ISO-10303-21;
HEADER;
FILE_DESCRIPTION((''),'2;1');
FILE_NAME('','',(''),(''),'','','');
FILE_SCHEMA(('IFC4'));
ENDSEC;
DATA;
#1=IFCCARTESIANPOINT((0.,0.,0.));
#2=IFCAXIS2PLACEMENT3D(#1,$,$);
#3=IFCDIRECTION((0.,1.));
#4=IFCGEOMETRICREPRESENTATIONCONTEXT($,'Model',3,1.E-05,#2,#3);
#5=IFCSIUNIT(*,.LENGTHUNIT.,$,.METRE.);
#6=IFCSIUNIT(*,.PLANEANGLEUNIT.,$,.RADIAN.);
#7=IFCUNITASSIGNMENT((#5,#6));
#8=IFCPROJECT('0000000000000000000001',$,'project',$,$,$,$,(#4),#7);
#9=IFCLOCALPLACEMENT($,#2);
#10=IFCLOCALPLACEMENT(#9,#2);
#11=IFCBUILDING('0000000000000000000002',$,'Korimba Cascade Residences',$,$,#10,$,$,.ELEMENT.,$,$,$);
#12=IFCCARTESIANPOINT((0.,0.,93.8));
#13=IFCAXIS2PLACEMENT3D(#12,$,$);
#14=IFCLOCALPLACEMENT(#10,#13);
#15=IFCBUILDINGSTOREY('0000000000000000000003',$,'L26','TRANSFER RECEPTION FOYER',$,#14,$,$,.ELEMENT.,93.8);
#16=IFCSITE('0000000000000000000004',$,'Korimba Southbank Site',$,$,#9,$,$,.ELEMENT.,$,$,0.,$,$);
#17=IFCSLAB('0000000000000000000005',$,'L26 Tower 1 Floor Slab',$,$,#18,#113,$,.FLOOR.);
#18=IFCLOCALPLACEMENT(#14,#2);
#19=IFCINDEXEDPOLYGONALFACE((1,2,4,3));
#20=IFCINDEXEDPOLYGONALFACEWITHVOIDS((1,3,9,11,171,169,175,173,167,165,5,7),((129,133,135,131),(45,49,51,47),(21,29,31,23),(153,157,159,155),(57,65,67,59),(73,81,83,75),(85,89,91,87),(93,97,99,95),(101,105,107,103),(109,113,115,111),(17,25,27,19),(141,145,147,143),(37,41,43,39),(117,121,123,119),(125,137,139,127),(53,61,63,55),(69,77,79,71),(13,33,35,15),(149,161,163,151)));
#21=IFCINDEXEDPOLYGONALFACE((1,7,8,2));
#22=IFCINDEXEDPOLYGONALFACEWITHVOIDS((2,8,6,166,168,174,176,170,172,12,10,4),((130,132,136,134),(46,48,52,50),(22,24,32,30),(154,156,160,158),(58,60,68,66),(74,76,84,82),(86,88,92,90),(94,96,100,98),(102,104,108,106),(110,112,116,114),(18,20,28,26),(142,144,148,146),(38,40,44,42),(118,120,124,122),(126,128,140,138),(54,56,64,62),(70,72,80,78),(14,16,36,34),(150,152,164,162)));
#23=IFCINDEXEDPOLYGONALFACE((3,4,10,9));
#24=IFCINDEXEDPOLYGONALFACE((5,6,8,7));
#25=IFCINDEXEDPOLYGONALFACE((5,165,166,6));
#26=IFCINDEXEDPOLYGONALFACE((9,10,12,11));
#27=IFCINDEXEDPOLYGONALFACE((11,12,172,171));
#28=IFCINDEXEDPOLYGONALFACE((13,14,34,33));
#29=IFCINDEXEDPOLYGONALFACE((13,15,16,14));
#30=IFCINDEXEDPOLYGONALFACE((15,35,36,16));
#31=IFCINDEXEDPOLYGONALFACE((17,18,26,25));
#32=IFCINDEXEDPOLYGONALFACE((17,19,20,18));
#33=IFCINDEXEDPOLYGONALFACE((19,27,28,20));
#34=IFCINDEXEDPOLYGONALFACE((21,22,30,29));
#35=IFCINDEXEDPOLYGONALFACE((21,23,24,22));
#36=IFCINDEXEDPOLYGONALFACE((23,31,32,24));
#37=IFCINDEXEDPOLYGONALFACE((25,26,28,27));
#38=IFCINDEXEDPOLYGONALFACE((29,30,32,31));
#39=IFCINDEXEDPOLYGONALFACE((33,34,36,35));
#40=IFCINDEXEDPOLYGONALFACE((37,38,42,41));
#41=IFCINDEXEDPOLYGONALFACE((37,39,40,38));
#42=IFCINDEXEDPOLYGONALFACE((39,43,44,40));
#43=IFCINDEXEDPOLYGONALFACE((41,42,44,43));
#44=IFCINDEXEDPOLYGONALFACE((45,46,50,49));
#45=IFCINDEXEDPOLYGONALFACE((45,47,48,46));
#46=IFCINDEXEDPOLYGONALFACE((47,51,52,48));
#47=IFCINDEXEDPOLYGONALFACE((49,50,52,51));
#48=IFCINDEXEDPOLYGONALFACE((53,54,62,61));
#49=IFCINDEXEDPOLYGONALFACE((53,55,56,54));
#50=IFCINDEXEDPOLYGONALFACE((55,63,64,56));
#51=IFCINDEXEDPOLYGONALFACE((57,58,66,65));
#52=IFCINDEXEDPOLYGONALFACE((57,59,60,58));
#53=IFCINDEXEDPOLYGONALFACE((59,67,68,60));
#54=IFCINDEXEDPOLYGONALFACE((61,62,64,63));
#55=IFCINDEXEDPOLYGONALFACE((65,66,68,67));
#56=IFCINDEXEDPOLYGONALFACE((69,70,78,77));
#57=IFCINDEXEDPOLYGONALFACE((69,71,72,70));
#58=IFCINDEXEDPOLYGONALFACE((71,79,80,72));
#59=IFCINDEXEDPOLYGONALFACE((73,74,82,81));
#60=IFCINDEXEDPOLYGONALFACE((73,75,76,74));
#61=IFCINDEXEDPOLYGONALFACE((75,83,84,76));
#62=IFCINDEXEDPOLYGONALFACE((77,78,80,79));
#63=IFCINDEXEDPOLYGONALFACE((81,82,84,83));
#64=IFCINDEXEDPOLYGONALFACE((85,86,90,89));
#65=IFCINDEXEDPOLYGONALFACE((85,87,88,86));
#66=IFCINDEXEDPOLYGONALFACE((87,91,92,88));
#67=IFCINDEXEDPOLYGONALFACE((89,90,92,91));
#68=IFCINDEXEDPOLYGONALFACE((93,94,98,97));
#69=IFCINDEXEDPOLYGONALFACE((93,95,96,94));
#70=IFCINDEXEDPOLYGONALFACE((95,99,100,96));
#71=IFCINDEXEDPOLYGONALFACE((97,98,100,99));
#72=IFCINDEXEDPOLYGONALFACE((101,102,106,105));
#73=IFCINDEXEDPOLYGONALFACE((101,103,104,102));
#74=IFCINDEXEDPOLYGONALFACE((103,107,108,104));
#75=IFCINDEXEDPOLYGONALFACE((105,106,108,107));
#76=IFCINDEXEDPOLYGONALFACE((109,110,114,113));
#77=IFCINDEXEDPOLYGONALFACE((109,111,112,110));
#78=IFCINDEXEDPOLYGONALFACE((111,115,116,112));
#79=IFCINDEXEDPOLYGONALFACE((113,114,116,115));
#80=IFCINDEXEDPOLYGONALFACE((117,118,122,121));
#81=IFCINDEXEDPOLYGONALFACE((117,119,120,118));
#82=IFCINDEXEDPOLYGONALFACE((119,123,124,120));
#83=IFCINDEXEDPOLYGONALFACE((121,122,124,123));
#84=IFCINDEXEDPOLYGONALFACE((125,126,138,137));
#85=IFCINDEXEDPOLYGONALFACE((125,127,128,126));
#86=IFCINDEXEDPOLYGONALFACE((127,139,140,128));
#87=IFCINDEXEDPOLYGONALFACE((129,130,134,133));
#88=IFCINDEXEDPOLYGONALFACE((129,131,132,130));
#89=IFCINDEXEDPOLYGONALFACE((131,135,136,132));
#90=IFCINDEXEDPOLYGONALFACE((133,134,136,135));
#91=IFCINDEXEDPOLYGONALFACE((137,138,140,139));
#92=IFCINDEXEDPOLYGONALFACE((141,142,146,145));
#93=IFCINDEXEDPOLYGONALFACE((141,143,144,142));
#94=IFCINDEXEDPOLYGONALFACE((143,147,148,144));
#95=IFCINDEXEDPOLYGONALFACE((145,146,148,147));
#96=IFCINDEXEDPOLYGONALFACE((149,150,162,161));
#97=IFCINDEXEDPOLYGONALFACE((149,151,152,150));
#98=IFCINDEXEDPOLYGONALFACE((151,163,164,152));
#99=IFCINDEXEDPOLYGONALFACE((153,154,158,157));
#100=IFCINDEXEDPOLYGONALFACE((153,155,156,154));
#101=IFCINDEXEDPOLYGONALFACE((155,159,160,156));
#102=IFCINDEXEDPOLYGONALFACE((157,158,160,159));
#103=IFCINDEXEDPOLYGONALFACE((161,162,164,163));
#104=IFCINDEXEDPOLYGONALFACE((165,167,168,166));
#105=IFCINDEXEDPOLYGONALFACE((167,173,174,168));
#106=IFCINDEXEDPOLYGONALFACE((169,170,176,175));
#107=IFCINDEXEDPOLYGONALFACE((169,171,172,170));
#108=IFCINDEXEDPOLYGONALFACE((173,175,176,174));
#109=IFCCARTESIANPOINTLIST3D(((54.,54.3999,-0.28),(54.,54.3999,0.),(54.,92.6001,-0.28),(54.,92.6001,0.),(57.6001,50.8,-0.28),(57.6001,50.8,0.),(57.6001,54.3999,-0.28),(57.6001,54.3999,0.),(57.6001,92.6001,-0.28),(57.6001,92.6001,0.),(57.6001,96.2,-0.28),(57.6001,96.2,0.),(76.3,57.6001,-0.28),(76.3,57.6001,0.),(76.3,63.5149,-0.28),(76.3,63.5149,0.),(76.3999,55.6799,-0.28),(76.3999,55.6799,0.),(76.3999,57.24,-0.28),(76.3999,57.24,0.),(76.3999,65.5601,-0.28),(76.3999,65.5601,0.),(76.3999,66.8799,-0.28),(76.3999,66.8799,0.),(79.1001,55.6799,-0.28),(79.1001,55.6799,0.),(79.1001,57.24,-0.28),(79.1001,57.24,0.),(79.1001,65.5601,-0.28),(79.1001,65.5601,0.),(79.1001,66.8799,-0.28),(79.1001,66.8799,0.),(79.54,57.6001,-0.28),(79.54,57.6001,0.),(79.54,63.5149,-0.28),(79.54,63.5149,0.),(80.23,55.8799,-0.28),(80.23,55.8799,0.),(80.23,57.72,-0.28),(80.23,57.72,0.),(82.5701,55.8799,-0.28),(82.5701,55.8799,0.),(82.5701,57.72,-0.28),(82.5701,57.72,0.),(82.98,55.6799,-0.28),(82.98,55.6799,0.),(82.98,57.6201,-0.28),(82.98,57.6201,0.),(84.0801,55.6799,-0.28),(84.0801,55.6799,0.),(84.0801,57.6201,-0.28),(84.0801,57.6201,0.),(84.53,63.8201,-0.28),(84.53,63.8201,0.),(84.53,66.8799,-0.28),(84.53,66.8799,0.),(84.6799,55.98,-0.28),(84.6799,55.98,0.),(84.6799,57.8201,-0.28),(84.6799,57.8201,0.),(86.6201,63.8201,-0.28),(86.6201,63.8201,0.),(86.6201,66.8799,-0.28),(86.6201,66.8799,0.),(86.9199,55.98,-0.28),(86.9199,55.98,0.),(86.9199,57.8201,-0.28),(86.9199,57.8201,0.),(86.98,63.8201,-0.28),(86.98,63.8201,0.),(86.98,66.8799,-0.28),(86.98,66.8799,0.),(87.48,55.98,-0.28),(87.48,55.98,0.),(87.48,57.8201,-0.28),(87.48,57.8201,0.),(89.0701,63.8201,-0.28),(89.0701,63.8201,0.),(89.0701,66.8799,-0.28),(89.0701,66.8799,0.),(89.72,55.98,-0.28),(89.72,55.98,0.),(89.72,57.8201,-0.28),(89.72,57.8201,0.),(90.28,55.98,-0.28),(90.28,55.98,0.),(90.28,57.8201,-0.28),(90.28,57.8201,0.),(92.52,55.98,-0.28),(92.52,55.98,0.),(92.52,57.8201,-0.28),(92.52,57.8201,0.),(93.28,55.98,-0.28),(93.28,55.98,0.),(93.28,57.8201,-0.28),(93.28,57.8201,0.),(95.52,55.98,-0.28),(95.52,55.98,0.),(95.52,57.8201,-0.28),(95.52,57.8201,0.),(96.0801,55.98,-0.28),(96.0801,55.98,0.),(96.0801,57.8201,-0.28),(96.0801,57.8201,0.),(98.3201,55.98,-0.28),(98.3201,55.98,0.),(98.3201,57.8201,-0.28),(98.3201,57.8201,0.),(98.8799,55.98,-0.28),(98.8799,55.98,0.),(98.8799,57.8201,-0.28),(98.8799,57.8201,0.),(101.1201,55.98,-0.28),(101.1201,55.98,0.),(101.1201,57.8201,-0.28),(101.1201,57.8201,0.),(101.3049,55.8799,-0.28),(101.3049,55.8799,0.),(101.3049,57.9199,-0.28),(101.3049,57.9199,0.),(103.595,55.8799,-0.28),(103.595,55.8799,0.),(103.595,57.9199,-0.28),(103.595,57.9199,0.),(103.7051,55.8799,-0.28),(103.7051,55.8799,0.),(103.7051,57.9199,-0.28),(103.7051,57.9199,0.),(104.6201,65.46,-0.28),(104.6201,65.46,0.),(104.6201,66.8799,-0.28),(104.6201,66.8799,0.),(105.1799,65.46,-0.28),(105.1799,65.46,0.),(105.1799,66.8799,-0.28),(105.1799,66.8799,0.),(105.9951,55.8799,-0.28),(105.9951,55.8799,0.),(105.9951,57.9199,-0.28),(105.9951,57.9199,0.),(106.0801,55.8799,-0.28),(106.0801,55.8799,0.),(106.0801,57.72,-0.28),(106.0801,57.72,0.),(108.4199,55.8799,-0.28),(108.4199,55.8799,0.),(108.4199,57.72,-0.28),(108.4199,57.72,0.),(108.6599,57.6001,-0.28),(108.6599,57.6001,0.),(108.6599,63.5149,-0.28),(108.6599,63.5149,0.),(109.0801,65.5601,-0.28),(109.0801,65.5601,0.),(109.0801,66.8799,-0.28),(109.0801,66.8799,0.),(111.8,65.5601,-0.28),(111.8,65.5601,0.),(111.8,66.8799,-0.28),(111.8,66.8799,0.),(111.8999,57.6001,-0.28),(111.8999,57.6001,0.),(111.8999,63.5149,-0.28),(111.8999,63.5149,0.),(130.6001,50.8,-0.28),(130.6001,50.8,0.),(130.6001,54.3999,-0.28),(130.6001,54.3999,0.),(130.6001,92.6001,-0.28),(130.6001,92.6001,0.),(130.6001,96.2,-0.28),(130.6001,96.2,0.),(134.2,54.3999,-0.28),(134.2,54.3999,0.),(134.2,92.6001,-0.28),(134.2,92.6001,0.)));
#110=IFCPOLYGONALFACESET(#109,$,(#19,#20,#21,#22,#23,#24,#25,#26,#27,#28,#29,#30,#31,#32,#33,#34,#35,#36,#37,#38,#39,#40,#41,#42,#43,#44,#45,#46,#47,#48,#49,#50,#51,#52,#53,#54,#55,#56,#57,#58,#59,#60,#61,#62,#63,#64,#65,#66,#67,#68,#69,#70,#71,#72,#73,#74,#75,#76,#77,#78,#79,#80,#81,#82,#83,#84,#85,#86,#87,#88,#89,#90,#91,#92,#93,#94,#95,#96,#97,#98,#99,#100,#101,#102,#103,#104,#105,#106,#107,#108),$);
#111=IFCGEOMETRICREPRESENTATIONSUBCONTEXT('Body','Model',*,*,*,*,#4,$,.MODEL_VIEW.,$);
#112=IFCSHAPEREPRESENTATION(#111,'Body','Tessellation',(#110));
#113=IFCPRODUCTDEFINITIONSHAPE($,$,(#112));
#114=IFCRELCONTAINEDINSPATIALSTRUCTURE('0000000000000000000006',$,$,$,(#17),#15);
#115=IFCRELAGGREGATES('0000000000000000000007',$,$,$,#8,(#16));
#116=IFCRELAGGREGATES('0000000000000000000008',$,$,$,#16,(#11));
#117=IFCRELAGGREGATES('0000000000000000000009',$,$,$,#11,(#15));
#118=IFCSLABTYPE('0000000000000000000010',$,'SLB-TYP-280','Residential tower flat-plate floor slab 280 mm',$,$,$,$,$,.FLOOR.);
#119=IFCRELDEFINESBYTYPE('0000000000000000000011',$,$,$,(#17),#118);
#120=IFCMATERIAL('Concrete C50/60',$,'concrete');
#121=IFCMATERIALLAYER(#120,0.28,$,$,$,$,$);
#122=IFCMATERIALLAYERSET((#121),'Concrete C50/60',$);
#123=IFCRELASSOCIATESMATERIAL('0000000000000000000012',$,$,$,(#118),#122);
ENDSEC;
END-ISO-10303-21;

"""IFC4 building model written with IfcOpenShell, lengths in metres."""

from ifc_helpers import new_model, si_unit, direction, frame, origin, place, context, subcontext, project, spatial, polyline, outline, extrude, material, layer, layer_set, type_object, element, save


model = new_model("IFC4")

# Units and contexts
model_context = context("Model", 3, precision=1e-05, world=origin(), true_north=direction((0.0, 1.0)))
body_context = subcontext(model_context, "Body", "Model", "MODEL_VIEW")
ifc_project = project(units=[si_unit("LENGTHUNIT", "METRE"), si_unit("PLANEANGLEUNIT", "RADIAN")], contexts=[model_context])

# Site, building, storey
site_placement = place(None, origin())
site = spatial("IfcSite", under=ifc_project, at=site_placement, Name="Korimba Southbank Site", CompositionType="ELEMENT", RefElevation=0.0)
building_placement = place(site_placement, origin())
building = spatial("IfcBuilding", under=site, at=building_placement, Name="Korimba Cascade Residences", CompositionType="ELEMENT")
storey_placement = place(building_placement, frame((0.0, 0.0, 93.8)))
storey = spatial("IfcBuildingStorey", under=building, at=storey_placement, Name="L26", Description="TRANSFER RECEPTION FOYER", CompositionType="ELEMENT", Elevation=93.8)

# Shared definitions
ifc_material_1 = material(Name="Concrete C50/60", Category="concrete")

# Slab
ifc_layer_1 = layer(ifc_material_1, 0.28)
ifc_layer_set_1 = layer_set([ifc_layer_1], Name="Concrete C50/60")
slab_type_1 = type_object("IfcSlabType", Name="SLB-TYP-280", Description="Residential tower flat-plate floor slab 280 mm", PredefinedType="FLOOR", material=ifc_layer_set_1)
slab_1_placement = place(storey_placement, frame((0.0, 0.0, -0.28)))
element("IfcSlab", 1, at=slab_1_placement, inside=storey, type_object=slab_type_1, Name="L26 Tower 1 Floor Slab", PredefinedType="FLOOR", context=body_context, shape_type="SweptSolid", body=[
    extrude(outline(polyline([(57.6001, 50.8), (130.6001, 50.8), (130.6001, 54.3999), (134.2, 54.3999), (134.2, 92.6001), (130.6001, 92.6001), (130.6001, 96.2), (57.6001, 96.2), (57.6001, 92.6001), (54.0, 92.6001), (54.0, 54.3999), (57.6001, 54.3999), (57.6001, 50.8)]), holes=[polyline([(76.3, 63.5149), (76.3, 57.6001), (79.54, 57.6001), (79.54, 63.5149), (76.3, 63.5149)]), polyline([(108.6599, 63.5149), (108.6599, 57.6001), (111.8999, 57.6001), (111.8999, 63.5149), (108.6599, 63.5149)]), polyline([(80.23, 55.8799), (82.5701, 55.8799), (82.5701, 57.72), (80.23, 57.72), (80.23, 55.8799)]), polyline([(106.0801, 55.8799), (108.4199, 55.8799), (108.4199, 57.72), (106.0801, 57.72), (106.0801, 55.8799)]), polyline([(84.6799, 55.98), (86.9199, 55.98), (86.9199, 57.8201), (84.6799, 57.8201), (84.6799, 55.98)]), polyline([(87.48, 55.98), (89.72, 55.98), (89.72, 57.8201), (87.48, 57.8201), (87.48, 55.98)]), polyline([(90.28, 55.98), (92.52, 55.98), (92.52, 57.8201), (90.28, 57.8201), (90.28, 55.98)]), polyline([(93.28, 55.98), (95.52, 55.98), (95.52, 57.8201), (93.28, 57.8201), (93.28, 55.98)]), polyline([(96.0801, 55.98), (98.3201, 55.98), (98.3201, 57.8201), (96.0801, 57.8201), (96.0801, 55.98)]), polyline([(98.8799, 55.98), (101.1201, 55.98), (101.1201, 57.8201), (98.8799, 57.8201), (98.8799, 55.98)]), polyline([(101.3049, 55.8799), (103.595, 55.8799), (103.595, 57.9199), (101.3049, 57.9199), (101.3049, 55.8799)]), polyline([(103.7051, 55.8799), (105.9951, 55.8799), (105.9951, 57.9199), (103.7051, 57.9199), (103.7051, 55.8799)]), polyline([(82.98, 55.6799), (84.0801, 55.6799), (84.0801, 57.6201), (82.98, 57.6201), (82.98, 55.6799)]), polyline([(76.3999, 65.5601), (79.1001, 65.5601), (79.1001, 66.8799), (76.3999, 66.8799), (76.3999, 65.5601)]), polyline([(76.3999, 55.6799), (79.1001, 55.6799), (79.1001, 57.24), (76.3999, 57.24), (76.3999, 55.6799)]), polyline([(84.53, 63.8201), (86.6201, 63.8201), (86.6201, 66.8799), (84.53, 66.8799), (84.53, 63.8201)]), polyline([(86.98, 63.8201), (89.0701, 63.8201), (89.0701, 66.8799), (86.98, 66.8799), (86.98, 63.8201)]), polyline([(104.6201, 65.46), (105.1799, 65.46), (105.1799, 66.8799), (104.6201, 66.8799), (104.6201, 65.46)]), polyline([(109.0801, 65.5601), (111.8, 65.5601), (111.8, 66.8799), (109.0801, 66.8799), (109.0801, 65.5601)])]), origin(), (0.0, 0.0, 1.0), 0.28),
])

save(model, "model.ifc")
